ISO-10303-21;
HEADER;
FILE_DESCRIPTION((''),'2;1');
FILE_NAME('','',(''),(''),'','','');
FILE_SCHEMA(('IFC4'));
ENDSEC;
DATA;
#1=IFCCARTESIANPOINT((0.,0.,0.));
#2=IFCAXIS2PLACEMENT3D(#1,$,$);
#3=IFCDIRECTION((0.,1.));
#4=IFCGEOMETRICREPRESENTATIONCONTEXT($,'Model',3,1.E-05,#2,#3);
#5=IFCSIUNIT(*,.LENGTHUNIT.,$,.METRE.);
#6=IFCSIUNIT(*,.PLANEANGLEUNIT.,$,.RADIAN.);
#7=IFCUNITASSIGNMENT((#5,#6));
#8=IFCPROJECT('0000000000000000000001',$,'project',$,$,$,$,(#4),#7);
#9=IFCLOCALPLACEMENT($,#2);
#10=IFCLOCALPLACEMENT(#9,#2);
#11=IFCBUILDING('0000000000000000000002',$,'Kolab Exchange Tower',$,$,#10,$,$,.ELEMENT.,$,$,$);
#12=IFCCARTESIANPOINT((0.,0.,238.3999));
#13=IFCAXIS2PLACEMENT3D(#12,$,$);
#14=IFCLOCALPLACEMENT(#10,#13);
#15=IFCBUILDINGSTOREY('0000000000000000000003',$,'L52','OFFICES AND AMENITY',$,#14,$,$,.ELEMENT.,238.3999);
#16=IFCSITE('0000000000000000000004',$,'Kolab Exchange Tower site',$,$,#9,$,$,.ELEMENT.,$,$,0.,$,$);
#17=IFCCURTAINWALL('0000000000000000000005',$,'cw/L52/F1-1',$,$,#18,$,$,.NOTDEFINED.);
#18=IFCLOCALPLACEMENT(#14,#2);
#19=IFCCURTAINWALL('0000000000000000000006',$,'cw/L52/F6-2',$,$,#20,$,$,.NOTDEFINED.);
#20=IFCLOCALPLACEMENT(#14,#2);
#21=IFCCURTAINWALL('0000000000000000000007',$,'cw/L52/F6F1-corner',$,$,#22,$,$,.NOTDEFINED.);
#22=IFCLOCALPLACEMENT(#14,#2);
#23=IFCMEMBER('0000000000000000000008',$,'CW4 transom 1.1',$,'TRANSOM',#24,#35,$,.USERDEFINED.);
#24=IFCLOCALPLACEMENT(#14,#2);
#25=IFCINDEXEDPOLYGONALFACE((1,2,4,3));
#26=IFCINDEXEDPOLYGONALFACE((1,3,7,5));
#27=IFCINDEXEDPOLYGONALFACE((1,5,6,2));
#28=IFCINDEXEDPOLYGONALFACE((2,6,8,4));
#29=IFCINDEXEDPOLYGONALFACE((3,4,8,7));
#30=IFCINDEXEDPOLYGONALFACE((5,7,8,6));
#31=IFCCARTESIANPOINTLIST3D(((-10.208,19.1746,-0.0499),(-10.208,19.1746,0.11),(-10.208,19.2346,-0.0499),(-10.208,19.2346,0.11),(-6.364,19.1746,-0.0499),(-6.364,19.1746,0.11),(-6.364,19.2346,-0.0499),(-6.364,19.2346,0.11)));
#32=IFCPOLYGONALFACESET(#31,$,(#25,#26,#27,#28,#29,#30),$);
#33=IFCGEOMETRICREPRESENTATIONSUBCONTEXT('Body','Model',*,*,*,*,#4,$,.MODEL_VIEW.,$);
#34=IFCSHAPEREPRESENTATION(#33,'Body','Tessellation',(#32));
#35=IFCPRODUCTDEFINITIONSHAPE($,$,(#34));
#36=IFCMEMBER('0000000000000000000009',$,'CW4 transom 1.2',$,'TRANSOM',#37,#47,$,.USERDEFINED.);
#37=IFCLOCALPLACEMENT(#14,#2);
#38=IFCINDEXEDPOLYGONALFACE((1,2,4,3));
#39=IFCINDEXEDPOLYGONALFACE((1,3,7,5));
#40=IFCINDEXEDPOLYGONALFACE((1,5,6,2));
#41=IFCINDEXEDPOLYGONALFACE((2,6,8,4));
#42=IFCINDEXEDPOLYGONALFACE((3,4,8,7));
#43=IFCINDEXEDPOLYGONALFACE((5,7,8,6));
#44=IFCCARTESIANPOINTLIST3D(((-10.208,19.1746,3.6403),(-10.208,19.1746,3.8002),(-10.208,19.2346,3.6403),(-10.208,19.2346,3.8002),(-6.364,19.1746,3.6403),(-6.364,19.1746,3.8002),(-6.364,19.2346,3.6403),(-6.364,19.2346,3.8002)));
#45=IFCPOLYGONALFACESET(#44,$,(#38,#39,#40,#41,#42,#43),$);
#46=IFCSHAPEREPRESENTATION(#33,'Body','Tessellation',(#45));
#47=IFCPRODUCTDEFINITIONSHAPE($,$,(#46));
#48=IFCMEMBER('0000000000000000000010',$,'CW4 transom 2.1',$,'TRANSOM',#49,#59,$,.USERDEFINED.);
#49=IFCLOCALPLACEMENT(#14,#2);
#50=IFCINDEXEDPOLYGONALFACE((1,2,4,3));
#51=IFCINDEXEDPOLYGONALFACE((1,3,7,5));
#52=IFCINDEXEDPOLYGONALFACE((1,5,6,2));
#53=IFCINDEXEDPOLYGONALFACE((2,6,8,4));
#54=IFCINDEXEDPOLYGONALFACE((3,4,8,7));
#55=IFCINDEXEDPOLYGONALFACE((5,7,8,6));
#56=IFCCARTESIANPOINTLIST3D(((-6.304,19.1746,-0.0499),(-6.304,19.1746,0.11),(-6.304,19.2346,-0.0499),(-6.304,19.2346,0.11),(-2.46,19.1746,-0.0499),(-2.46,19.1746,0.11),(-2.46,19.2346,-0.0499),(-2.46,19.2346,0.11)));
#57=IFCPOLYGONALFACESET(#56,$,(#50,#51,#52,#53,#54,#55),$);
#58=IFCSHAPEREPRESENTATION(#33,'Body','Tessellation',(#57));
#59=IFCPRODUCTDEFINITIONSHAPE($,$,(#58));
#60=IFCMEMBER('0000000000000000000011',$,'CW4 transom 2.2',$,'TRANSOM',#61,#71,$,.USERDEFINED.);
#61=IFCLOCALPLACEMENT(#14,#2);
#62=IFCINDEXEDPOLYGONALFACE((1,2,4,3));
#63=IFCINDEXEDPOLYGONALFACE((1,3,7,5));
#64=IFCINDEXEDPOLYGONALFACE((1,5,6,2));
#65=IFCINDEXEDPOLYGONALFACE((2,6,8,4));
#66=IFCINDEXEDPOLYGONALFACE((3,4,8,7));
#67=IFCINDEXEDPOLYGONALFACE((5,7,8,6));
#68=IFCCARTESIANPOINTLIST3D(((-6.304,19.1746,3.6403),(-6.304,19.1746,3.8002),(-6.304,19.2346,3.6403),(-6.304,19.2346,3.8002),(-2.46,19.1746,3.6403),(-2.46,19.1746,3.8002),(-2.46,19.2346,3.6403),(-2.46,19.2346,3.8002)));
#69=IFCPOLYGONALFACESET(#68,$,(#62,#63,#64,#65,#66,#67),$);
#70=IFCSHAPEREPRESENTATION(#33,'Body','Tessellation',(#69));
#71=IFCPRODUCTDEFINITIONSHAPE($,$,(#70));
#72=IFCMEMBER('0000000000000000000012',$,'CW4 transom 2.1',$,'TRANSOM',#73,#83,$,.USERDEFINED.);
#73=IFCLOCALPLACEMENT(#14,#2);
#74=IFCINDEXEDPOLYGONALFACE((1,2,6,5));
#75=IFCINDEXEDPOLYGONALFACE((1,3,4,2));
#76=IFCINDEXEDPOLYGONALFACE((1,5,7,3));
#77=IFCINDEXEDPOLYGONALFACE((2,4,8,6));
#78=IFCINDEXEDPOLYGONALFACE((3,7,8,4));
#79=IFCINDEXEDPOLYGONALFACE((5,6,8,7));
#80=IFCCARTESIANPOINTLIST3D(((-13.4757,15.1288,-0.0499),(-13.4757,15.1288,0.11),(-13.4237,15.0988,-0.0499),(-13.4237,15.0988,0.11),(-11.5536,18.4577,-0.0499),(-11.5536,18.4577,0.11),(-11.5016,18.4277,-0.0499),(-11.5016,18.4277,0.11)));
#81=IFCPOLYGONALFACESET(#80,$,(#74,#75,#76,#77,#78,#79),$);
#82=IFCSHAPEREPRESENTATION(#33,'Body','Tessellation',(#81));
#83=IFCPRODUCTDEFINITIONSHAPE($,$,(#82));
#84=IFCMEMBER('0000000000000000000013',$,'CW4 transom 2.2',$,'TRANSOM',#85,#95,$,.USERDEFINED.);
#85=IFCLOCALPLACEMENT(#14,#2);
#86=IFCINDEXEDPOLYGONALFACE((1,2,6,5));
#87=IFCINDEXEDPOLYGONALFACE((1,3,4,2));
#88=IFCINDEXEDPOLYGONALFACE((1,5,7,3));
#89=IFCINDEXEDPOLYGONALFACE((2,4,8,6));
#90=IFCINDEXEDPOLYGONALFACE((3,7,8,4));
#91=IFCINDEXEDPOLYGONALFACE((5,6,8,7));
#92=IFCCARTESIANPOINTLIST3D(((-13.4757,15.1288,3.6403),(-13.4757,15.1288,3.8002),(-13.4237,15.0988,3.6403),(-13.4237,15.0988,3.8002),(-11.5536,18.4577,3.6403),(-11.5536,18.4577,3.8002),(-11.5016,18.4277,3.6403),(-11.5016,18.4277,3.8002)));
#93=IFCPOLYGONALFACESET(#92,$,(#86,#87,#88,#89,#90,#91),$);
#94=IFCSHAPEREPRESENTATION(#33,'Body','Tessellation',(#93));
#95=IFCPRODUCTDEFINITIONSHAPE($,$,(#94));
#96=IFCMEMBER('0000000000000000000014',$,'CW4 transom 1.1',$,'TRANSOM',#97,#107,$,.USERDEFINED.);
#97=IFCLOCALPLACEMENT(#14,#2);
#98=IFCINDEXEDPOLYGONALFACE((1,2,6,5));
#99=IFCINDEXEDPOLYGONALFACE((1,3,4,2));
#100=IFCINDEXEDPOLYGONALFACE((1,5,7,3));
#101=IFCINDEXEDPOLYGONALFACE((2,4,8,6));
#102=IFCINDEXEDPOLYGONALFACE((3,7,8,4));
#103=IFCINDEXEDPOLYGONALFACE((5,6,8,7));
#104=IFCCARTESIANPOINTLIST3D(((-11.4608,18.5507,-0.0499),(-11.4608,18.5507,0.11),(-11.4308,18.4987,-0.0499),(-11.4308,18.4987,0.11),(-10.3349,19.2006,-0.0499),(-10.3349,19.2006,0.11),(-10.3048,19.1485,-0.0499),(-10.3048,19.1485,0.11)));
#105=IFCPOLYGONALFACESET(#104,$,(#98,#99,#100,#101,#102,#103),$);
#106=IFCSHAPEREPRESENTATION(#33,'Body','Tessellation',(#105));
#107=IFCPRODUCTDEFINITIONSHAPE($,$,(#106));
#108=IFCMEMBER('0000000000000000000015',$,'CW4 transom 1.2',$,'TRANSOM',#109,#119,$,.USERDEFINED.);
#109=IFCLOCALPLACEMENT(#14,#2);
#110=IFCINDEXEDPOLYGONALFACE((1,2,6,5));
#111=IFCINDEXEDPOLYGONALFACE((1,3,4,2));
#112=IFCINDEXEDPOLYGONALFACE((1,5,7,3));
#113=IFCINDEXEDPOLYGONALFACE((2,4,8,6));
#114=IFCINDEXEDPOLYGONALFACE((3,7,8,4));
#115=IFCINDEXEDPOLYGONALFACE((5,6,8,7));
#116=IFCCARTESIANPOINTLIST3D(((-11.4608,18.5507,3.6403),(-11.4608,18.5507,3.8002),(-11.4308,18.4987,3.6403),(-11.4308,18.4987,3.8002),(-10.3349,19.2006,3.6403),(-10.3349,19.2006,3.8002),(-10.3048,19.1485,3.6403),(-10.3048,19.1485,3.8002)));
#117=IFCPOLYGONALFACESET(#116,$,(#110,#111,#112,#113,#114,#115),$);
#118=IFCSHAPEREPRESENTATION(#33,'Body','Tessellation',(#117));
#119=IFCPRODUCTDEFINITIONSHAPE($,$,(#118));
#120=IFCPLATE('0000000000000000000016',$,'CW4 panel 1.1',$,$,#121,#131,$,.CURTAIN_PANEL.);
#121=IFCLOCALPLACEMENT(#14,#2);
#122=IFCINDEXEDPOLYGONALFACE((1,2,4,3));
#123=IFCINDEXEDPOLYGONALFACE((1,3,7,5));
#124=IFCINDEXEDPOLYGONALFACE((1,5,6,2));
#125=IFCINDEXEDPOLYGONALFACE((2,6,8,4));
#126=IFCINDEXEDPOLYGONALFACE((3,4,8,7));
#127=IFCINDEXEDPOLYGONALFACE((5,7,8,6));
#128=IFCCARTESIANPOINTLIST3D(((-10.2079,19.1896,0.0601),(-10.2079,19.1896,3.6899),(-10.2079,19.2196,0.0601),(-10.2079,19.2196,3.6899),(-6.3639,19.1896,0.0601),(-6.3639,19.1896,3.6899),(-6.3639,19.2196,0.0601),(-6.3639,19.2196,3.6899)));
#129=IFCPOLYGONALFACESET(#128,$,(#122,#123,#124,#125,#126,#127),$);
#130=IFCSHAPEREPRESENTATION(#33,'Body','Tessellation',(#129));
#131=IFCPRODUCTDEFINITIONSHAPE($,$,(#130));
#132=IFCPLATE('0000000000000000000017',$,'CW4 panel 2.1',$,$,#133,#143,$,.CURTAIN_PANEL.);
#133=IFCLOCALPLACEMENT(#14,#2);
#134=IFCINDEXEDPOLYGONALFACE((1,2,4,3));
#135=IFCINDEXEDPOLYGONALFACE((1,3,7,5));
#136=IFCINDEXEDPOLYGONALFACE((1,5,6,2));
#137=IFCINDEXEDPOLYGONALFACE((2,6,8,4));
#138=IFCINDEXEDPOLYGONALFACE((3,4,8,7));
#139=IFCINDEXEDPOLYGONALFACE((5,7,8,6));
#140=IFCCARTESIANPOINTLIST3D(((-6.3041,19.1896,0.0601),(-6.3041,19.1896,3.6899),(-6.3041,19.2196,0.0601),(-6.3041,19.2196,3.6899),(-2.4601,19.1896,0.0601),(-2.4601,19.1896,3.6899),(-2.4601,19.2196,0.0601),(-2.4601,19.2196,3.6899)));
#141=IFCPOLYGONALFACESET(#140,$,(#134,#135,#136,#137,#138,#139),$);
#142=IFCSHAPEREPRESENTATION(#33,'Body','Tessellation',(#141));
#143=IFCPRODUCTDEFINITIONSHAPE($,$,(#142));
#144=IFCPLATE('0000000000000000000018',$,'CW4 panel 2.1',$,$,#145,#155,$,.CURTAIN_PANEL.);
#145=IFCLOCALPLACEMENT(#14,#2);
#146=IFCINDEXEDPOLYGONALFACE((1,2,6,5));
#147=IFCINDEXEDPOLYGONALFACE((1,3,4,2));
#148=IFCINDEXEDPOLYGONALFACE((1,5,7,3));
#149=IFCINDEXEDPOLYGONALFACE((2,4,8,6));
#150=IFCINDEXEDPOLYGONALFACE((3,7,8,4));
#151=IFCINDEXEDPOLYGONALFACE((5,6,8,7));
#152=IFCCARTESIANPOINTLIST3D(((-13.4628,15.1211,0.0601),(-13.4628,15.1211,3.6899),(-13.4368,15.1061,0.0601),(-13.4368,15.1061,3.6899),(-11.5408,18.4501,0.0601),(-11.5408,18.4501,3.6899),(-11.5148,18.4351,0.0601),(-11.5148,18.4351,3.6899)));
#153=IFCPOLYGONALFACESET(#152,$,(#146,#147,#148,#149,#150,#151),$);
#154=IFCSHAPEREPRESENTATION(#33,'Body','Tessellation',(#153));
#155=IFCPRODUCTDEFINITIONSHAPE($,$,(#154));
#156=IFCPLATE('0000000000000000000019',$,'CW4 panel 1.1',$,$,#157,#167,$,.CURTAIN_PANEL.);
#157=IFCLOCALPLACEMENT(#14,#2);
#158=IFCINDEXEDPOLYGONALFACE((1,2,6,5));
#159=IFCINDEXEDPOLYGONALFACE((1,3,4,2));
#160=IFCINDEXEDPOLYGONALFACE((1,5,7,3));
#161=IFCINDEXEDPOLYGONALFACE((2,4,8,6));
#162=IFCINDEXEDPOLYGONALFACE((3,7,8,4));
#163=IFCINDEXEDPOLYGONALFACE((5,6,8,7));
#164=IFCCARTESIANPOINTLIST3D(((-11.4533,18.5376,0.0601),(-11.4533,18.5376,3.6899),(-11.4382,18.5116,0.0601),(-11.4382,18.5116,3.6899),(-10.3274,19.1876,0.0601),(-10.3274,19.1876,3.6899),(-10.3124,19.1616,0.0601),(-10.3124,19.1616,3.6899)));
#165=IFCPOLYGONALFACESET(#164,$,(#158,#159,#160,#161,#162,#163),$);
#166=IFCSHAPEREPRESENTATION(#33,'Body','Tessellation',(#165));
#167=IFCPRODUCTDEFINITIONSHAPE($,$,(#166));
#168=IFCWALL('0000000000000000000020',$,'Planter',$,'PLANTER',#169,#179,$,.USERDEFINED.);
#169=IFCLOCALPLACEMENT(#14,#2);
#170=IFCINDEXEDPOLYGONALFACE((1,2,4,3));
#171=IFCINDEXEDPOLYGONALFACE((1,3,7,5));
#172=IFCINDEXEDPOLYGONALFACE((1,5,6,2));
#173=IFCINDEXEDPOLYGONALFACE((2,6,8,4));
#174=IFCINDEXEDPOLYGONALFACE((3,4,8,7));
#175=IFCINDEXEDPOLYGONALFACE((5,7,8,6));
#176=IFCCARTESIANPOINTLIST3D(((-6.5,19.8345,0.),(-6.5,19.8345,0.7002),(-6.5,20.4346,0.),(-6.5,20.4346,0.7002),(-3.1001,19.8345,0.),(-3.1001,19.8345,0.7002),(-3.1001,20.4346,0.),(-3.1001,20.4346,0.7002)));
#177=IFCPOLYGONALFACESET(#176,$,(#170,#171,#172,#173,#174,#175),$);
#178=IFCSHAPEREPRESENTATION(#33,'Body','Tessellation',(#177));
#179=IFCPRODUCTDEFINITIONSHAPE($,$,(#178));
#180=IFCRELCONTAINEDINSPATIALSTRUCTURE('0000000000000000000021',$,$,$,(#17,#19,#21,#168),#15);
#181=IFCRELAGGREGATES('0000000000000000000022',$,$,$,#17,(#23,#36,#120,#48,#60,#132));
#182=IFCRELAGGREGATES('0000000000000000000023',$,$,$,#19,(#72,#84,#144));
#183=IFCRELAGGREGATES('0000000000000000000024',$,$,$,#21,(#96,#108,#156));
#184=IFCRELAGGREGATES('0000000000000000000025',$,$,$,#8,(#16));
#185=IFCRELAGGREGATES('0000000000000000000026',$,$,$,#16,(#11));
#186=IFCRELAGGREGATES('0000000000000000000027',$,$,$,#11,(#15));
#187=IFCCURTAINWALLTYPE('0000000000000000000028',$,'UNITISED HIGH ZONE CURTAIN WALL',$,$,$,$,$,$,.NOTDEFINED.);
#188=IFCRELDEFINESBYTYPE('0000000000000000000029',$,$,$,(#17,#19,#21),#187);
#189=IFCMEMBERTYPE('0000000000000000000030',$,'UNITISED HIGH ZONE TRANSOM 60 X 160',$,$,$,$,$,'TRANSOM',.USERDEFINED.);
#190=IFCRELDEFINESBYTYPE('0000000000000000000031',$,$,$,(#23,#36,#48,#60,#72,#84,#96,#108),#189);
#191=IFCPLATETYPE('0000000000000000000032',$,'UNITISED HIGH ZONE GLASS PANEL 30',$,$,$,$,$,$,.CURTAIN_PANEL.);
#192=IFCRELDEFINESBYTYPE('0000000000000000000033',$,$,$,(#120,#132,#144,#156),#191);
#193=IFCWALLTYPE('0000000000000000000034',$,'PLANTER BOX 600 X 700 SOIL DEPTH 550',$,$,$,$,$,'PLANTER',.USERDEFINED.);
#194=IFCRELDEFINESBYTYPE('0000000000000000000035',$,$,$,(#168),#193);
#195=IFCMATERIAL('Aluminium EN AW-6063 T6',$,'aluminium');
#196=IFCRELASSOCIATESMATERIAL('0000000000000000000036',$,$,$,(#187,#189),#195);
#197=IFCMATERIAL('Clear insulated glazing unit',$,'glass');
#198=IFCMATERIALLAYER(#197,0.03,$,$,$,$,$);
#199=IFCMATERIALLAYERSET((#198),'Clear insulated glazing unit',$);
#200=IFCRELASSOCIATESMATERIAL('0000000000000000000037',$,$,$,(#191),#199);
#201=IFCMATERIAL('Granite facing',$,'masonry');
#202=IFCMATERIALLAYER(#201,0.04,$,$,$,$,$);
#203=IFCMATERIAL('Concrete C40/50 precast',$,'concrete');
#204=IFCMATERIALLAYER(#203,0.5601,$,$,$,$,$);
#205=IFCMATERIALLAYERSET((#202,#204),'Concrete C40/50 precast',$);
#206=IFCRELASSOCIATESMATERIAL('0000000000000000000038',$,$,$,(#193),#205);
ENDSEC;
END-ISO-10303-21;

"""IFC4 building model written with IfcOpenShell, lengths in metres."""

from ifc_helpers import new_model, si_unit, direction, frame, frame_2d, origin, origin_2d, place, context, subcontext, project, spatial, rectangle, extrude, material, layer, layer_set, material_profile, profile_set, type_object, element, aggregate, save


model = new_model("IFC4")

# Units and contexts
model_context = context("Model", 3, precision=1e-05, world=origin(), true_north=direction((0.0, 1.0)))
body_context = subcontext(model_context, "Body", "Model", "MODEL_VIEW")
ifc_project = project(units=[si_unit("LENGTHUNIT", "METRE"), si_unit("PLANEANGLEUNIT", "RADIAN")], contexts=[model_context])

# Site, building, storey
site_placement = place(None, origin())
site = spatial("IfcSite", under=ifc_project, at=site_placement, Name="Kolab Exchange Tower site", CompositionType="ELEMENT", RefElevation=0.0)
building_placement = place(site_placement, origin())
building = spatial("IfcBuilding", under=site, at=building_placement, Name="Kolab Exchange Tower", CompositionType="ELEMENT")
storey_placement = place(building_placement, frame((0.0, 0.0, 238.3999)))
storey = spatial("IfcBuildingStorey", under=building, at=storey_placement, Name="L52", Description="OFFICES AND AMENITY", CompositionType="ELEMENT", Elevation=238.3999)

# Curtain wall
ifc_material_1 = material(Name="Aluminium EN AW-6063 T6", Category="aluminium")
curtain_wall_type = type_object("IfcCurtainWallType", Name="UNITISED HIGH ZONE CURTAIN WALL", PredefinedType="NOTDEFINED", material=ifc_material_1)
curtain_wall_1_placement = place(storey_placement, origin())
curtain_wall_1 = element("IfcCurtainWall", 1, at=curtain_wall_1_placement, inside=storey, type_object=curtain_wall_type, Name="cw/L52/F1-1", PredefinedType="NOTDEFINED")

# Curtain wall
curtain_wall_2_placement = place(storey_placement, origin())
curtain_wall_2 = element("IfcCurtainWall", 2, at=curtain_wall_2_placement, inside=storey, type_object=curtain_wall_type, Name="cw/L52/F6-2", PredefinedType="NOTDEFINED")

# Curtain wall
curtain_wall_3_placement = place(storey_placement, origin())
curtain_wall_3 = element("IfcCurtainWall", 3, at=curtain_wall_3_placement, inside=storey, type_object=curtain_wall_type, Name="cw/L52/F6F1-corner", PredefinedType="NOTDEFINED")

# Members
ifc_material_profile_1 = material_profile(ifc_material_1, rectangle(XDim=0.0601, YDim=0.1599, at=origin_2d()), Name="RECT 60X160")
ifc_profile_set_1 = profile_set([ifc_material_profile_1], Name="Aluminium EN AW-6063 T6")
member_type_1 = type_object("IfcMemberType", Name="UNITISED HIGH ZONE TRANSOM 60 X 160", ElementType="TRANSOM", PredefinedType="USERDEFINED", material=ifc_profile_set_1)
member_1_placement = place(storey_placement, frame((-10.208, 19.2046, 0.03), z_axis=(1.0, 0.0, 0.0), x_axis=(0.0, 1.0, 0.0)))
member_1 = element("IfcMember", 4, at=member_1_placement, type_object=member_type_1, Name="CW4 transom 1.1", ObjectType="TRANSOM", PredefinedType="USERDEFINED", context=body_context, shape_type="SweptSolid", body=[
    extrude(rectangle(XDim=0.0601, YDim=0.1599, at=origin_2d()), origin(), (0.0, 0.0, 1.0), 3.844),
])
member_2_placement = place(storey_placement, frame((-10.208, 19.2046, 3.7202), z_axis=(1.0, 0.0, 0.0), x_axis=(0.0, 1.0, 0.0)))
member_2 = element("IfcMember", 5, at=member_2_placement, type_object=member_type_1, Name="CW4 transom 1.2", ObjectType="TRANSOM", PredefinedType="USERDEFINED", context=body_context, shape_type="SweptSolid", body=[
    extrude(rectangle(XDim=0.0601, YDim=0.1599, at=origin_2d()), origin(), (0.0, 0.0, 1.0), 3.844),
])
member_3_placement = place(storey_placement, frame((-6.304, 19.2046, 0.03), z_axis=(1.0, 0.0, 0.0), x_axis=(0.0, 1.0, 0.0)))
member_3 = element("IfcMember", 6, at=member_3_placement, type_object=member_type_1, Name="CW4 transom 2.1", ObjectType="TRANSOM", PredefinedType="USERDEFINED", context=body_context, shape_type="SweptSolid", body=[
    extrude(rectangle(XDim=0.0601, YDim=0.1599, at=origin_2d()), origin(), (0.0, 0.0, 1.0), 3.844),
])
member_4_placement = place(storey_placement, frame((-6.304, 19.2046, 3.7202), z_axis=(1.0, 0.0, 0.0), x_axis=(0.0, 1.0, 0.0)))
member_4 = element("IfcMember", 7, at=member_4_placement, type_object=member_type_1, Name="CW4 transom 2.2", ObjectType="TRANSOM", PredefinedType="USERDEFINED", context=body_context, shape_type="SweptSolid", body=[
    extrude(rectangle(XDim=0.0601, YDim=0.1599, at=origin_2d()), origin(), (0.0, 0.0, 1.0), 3.844),
])
member_5_placement = place(storey_placement, frame((-13.4497, 15.1138, 0.03), z_axis=(0.500039, 0.866003, 0.0), x_axis=(-0.866003, 0.500039, 0.0)))
member_5 = element("IfcMember", 8, at=member_5_placement, type_object=member_type_1, Name="CW4 transom 2.1", ObjectType="TRANSOM", PredefinedType="USERDEFINED", context=body_context, shape_type="SweptSolid", body=[
    extrude(rectangle(XDim=0.0601, YDim=0.1599, at=origin_2d()), origin(), (0.0, 0.0, 1.0), 3.844),
])
member_6_placement = place(storey_placement, frame((-13.4497, 15.1138, 3.7202), z_axis=(0.500039, 0.866003, 0.0), x_axis=(-0.866003, 0.500039, 0.0)))
member_6 = element("IfcMember", 9, at=member_6_placement, type_object=member_type_1, Name="CW4 transom 2.2", ObjectType="TRANSOM", PredefinedType="USERDEFINED", context=body_context, shape_type="SweptSolid", body=[
    extrude(rectangle(XDim=0.0601, YDim=0.1599, at=origin_2d()), origin(), (0.0, 0.0, 1.0), 3.844),
])
member_7_placement = place(storey_placement, frame((-11.4458, 18.5247, 0.03), z_axis=(0.866086, 0.499896, 0.0), x_axis=(-0.499896, 0.866086, 0.0)))
member_7 = element("IfcMember", 10, at=member_7_placement, type_object=member_type_1, Name="CW4 transom 1.1", ObjectType="TRANSOM", PredefinedType="USERDEFINED", context=body_context, shape_type="SweptSolid", body=[
    extrude(rectangle(XDim=0.0601, YDim=0.1599, at=origin_2d()), origin(), (0.0, 0.0, 1.0), 1.3),
])
member_8_placement = place(storey_placement, frame((-11.4458, 18.5247, 3.7202), z_axis=(0.866086, 0.499896, 0.0), x_axis=(-0.499896, 0.866086, 0.0)))
member_8 = element("IfcMember", 11, at=member_8_placement, type_object=member_type_1, Name="CW4 transom 1.2", ObjectType="TRANSOM", PredefinedType="USERDEFINED", context=body_context, shape_type="SweptSolid", body=[
    extrude(rectangle(XDim=0.0601, YDim=0.1599, at=origin_2d()), origin(), (0.0, 0.0, 1.0), 1.3),
])

# Plates
ifc_material_2 = material(Name="Clear insulated glazing unit", Category="glass")
ifc_layer_1 = layer(ifc_material_2, 0.03)
ifc_layer_set_1 = layer_set([ifc_layer_1], Name="Clear insulated glazing unit")
plate_type = type_object("IfcPlateType", Name="UNITISED HIGH ZONE GLASS PANEL 30", PredefinedType="CURTAIN_PANEL", material=ifc_layer_set_1)
plate_1_placement = place(storey_placement, frame((-8.2859, 19.2046, 0.0601), z_axis=(0.0, 0.0, 1.0), x_axis=(1.0, 0.0, 0.0)))
plate_1 = element("IfcPlate", 12, at=plate_1_placement, type_object=plate_type, Name="CW4 panel 1.1", PredefinedType="CURTAIN_PANEL", context=body_context, shape_type="SweptSolid", body=[
    extrude(rectangle(XDim=3.844, YDim=0.03, at=origin_2d()), origin(), (0.0, 0.0, 1.0), 3.6299),
])
plate_2_placement = place(storey_placement, frame((-4.3821, 19.2046, 0.0601), z_axis=(0.0, 0.0, 1.0), x_axis=(1.0, 0.0, 0.0)))
plate_2 = element("IfcPlate", 13, at=plate_2_placement, type_object=plate_type, Name="CW4 panel 2.1", PredefinedType="CURTAIN_PANEL", context=body_context, shape_type="SweptSolid", body=[
    extrude(rectangle(XDim=3.844, YDim=0.03, at=origin_2d()), origin(), (0.0, 0.0, 1.0), 3.6299),
])
aggregate(curtain_wall_1, [member_1, member_2, plate_1, member_3, member_4, plate_2])
plate_3_placement = place(storey_placement, frame((-12.4888, 16.7781, 0.0601), z_axis=(0.0, 0.0, 1.0), x_axis=(0.5, 0.866025, 0.0)))
plate_3 = element("IfcPlate", 14, at=plate_3_placement, type_object=plate_type, Name="CW4 panel 2.1", PredefinedType="CURTAIN_PANEL", context=body_context, shape_type="SweptSolid", body=[
    extrude(rectangle(XDim=3.844, YDim=0.03, at=origin_2d()), origin(), (0.0, 0.0, 1.0), 3.6299),
])
aggregate(curtain_wall_2, [member_5, member_6, plate_3])
plate_4_placement = place(storey_placement, frame((-10.8828, 18.8496, 0.0601), z_axis=(0.0, 0.0, 1.0), x_axis=(0.866025, 0.5, 0.0)))
plate_4 = element("IfcPlate", 15, at=plate_4_placement, type_object=plate_type, Name="CW4 panel 1.1", PredefinedType="CURTAIN_PANEL", context=body_context, shape_type="SweptSolid", body=[
    extrude(rectangle(XDim=1.3, YDim=0.03, at=origin_2d()), origin(), (0.0, 0.0, 1.0), 3.6299),
])
aggregate(curtain_wall_3, [member_7, member_8, plate_4])

# Wall
ifc_material_3 = material(Name="Granite facing", Category="masonry")
ifc_layer_2 = layer(ifc_material_3, 0.04)
ifc_material_4 = material(Name="Concrete C40/50 precast", Category="concrete")
ifc_layer_3 = layer(ifc_material_4, 0.5601)
ifc_layer_set_2 = layer_set([ifc_layer_2, ifc_layer_3], Name="Concrete C40/50 precast")
wall_type = type_object("IfcWallType", Name="PLANTER BOX 600 X 700 SOIL DEPTH 550", ElementType="PLANTER", PredefinedType="USERDEFINED", material=ifc_layer_set_2)
wall_placement = place(storey_placement, frame((-6.5, 20.1345, 0.0), z_axis=(0.0, 0.0, 1.0), x_axis=(1.0, 0.0, 0.0)))
element("IfcWall", 16, at=wall_placement, inside=storey, type_object=wall_type, Name="Planter", ObjectType="PLANTER", PredefinedType="USERDEFINED", context=body_context, shape_type="SweptSolid", body=[
    extrude(rectangle(XDim=3.3999, YDim=0.6001, at=frame_2d((1.7, 0.0))), origin(), (0.0, 0.0, 1.0), 0.7002),
])

save(model, "model.ifc")
